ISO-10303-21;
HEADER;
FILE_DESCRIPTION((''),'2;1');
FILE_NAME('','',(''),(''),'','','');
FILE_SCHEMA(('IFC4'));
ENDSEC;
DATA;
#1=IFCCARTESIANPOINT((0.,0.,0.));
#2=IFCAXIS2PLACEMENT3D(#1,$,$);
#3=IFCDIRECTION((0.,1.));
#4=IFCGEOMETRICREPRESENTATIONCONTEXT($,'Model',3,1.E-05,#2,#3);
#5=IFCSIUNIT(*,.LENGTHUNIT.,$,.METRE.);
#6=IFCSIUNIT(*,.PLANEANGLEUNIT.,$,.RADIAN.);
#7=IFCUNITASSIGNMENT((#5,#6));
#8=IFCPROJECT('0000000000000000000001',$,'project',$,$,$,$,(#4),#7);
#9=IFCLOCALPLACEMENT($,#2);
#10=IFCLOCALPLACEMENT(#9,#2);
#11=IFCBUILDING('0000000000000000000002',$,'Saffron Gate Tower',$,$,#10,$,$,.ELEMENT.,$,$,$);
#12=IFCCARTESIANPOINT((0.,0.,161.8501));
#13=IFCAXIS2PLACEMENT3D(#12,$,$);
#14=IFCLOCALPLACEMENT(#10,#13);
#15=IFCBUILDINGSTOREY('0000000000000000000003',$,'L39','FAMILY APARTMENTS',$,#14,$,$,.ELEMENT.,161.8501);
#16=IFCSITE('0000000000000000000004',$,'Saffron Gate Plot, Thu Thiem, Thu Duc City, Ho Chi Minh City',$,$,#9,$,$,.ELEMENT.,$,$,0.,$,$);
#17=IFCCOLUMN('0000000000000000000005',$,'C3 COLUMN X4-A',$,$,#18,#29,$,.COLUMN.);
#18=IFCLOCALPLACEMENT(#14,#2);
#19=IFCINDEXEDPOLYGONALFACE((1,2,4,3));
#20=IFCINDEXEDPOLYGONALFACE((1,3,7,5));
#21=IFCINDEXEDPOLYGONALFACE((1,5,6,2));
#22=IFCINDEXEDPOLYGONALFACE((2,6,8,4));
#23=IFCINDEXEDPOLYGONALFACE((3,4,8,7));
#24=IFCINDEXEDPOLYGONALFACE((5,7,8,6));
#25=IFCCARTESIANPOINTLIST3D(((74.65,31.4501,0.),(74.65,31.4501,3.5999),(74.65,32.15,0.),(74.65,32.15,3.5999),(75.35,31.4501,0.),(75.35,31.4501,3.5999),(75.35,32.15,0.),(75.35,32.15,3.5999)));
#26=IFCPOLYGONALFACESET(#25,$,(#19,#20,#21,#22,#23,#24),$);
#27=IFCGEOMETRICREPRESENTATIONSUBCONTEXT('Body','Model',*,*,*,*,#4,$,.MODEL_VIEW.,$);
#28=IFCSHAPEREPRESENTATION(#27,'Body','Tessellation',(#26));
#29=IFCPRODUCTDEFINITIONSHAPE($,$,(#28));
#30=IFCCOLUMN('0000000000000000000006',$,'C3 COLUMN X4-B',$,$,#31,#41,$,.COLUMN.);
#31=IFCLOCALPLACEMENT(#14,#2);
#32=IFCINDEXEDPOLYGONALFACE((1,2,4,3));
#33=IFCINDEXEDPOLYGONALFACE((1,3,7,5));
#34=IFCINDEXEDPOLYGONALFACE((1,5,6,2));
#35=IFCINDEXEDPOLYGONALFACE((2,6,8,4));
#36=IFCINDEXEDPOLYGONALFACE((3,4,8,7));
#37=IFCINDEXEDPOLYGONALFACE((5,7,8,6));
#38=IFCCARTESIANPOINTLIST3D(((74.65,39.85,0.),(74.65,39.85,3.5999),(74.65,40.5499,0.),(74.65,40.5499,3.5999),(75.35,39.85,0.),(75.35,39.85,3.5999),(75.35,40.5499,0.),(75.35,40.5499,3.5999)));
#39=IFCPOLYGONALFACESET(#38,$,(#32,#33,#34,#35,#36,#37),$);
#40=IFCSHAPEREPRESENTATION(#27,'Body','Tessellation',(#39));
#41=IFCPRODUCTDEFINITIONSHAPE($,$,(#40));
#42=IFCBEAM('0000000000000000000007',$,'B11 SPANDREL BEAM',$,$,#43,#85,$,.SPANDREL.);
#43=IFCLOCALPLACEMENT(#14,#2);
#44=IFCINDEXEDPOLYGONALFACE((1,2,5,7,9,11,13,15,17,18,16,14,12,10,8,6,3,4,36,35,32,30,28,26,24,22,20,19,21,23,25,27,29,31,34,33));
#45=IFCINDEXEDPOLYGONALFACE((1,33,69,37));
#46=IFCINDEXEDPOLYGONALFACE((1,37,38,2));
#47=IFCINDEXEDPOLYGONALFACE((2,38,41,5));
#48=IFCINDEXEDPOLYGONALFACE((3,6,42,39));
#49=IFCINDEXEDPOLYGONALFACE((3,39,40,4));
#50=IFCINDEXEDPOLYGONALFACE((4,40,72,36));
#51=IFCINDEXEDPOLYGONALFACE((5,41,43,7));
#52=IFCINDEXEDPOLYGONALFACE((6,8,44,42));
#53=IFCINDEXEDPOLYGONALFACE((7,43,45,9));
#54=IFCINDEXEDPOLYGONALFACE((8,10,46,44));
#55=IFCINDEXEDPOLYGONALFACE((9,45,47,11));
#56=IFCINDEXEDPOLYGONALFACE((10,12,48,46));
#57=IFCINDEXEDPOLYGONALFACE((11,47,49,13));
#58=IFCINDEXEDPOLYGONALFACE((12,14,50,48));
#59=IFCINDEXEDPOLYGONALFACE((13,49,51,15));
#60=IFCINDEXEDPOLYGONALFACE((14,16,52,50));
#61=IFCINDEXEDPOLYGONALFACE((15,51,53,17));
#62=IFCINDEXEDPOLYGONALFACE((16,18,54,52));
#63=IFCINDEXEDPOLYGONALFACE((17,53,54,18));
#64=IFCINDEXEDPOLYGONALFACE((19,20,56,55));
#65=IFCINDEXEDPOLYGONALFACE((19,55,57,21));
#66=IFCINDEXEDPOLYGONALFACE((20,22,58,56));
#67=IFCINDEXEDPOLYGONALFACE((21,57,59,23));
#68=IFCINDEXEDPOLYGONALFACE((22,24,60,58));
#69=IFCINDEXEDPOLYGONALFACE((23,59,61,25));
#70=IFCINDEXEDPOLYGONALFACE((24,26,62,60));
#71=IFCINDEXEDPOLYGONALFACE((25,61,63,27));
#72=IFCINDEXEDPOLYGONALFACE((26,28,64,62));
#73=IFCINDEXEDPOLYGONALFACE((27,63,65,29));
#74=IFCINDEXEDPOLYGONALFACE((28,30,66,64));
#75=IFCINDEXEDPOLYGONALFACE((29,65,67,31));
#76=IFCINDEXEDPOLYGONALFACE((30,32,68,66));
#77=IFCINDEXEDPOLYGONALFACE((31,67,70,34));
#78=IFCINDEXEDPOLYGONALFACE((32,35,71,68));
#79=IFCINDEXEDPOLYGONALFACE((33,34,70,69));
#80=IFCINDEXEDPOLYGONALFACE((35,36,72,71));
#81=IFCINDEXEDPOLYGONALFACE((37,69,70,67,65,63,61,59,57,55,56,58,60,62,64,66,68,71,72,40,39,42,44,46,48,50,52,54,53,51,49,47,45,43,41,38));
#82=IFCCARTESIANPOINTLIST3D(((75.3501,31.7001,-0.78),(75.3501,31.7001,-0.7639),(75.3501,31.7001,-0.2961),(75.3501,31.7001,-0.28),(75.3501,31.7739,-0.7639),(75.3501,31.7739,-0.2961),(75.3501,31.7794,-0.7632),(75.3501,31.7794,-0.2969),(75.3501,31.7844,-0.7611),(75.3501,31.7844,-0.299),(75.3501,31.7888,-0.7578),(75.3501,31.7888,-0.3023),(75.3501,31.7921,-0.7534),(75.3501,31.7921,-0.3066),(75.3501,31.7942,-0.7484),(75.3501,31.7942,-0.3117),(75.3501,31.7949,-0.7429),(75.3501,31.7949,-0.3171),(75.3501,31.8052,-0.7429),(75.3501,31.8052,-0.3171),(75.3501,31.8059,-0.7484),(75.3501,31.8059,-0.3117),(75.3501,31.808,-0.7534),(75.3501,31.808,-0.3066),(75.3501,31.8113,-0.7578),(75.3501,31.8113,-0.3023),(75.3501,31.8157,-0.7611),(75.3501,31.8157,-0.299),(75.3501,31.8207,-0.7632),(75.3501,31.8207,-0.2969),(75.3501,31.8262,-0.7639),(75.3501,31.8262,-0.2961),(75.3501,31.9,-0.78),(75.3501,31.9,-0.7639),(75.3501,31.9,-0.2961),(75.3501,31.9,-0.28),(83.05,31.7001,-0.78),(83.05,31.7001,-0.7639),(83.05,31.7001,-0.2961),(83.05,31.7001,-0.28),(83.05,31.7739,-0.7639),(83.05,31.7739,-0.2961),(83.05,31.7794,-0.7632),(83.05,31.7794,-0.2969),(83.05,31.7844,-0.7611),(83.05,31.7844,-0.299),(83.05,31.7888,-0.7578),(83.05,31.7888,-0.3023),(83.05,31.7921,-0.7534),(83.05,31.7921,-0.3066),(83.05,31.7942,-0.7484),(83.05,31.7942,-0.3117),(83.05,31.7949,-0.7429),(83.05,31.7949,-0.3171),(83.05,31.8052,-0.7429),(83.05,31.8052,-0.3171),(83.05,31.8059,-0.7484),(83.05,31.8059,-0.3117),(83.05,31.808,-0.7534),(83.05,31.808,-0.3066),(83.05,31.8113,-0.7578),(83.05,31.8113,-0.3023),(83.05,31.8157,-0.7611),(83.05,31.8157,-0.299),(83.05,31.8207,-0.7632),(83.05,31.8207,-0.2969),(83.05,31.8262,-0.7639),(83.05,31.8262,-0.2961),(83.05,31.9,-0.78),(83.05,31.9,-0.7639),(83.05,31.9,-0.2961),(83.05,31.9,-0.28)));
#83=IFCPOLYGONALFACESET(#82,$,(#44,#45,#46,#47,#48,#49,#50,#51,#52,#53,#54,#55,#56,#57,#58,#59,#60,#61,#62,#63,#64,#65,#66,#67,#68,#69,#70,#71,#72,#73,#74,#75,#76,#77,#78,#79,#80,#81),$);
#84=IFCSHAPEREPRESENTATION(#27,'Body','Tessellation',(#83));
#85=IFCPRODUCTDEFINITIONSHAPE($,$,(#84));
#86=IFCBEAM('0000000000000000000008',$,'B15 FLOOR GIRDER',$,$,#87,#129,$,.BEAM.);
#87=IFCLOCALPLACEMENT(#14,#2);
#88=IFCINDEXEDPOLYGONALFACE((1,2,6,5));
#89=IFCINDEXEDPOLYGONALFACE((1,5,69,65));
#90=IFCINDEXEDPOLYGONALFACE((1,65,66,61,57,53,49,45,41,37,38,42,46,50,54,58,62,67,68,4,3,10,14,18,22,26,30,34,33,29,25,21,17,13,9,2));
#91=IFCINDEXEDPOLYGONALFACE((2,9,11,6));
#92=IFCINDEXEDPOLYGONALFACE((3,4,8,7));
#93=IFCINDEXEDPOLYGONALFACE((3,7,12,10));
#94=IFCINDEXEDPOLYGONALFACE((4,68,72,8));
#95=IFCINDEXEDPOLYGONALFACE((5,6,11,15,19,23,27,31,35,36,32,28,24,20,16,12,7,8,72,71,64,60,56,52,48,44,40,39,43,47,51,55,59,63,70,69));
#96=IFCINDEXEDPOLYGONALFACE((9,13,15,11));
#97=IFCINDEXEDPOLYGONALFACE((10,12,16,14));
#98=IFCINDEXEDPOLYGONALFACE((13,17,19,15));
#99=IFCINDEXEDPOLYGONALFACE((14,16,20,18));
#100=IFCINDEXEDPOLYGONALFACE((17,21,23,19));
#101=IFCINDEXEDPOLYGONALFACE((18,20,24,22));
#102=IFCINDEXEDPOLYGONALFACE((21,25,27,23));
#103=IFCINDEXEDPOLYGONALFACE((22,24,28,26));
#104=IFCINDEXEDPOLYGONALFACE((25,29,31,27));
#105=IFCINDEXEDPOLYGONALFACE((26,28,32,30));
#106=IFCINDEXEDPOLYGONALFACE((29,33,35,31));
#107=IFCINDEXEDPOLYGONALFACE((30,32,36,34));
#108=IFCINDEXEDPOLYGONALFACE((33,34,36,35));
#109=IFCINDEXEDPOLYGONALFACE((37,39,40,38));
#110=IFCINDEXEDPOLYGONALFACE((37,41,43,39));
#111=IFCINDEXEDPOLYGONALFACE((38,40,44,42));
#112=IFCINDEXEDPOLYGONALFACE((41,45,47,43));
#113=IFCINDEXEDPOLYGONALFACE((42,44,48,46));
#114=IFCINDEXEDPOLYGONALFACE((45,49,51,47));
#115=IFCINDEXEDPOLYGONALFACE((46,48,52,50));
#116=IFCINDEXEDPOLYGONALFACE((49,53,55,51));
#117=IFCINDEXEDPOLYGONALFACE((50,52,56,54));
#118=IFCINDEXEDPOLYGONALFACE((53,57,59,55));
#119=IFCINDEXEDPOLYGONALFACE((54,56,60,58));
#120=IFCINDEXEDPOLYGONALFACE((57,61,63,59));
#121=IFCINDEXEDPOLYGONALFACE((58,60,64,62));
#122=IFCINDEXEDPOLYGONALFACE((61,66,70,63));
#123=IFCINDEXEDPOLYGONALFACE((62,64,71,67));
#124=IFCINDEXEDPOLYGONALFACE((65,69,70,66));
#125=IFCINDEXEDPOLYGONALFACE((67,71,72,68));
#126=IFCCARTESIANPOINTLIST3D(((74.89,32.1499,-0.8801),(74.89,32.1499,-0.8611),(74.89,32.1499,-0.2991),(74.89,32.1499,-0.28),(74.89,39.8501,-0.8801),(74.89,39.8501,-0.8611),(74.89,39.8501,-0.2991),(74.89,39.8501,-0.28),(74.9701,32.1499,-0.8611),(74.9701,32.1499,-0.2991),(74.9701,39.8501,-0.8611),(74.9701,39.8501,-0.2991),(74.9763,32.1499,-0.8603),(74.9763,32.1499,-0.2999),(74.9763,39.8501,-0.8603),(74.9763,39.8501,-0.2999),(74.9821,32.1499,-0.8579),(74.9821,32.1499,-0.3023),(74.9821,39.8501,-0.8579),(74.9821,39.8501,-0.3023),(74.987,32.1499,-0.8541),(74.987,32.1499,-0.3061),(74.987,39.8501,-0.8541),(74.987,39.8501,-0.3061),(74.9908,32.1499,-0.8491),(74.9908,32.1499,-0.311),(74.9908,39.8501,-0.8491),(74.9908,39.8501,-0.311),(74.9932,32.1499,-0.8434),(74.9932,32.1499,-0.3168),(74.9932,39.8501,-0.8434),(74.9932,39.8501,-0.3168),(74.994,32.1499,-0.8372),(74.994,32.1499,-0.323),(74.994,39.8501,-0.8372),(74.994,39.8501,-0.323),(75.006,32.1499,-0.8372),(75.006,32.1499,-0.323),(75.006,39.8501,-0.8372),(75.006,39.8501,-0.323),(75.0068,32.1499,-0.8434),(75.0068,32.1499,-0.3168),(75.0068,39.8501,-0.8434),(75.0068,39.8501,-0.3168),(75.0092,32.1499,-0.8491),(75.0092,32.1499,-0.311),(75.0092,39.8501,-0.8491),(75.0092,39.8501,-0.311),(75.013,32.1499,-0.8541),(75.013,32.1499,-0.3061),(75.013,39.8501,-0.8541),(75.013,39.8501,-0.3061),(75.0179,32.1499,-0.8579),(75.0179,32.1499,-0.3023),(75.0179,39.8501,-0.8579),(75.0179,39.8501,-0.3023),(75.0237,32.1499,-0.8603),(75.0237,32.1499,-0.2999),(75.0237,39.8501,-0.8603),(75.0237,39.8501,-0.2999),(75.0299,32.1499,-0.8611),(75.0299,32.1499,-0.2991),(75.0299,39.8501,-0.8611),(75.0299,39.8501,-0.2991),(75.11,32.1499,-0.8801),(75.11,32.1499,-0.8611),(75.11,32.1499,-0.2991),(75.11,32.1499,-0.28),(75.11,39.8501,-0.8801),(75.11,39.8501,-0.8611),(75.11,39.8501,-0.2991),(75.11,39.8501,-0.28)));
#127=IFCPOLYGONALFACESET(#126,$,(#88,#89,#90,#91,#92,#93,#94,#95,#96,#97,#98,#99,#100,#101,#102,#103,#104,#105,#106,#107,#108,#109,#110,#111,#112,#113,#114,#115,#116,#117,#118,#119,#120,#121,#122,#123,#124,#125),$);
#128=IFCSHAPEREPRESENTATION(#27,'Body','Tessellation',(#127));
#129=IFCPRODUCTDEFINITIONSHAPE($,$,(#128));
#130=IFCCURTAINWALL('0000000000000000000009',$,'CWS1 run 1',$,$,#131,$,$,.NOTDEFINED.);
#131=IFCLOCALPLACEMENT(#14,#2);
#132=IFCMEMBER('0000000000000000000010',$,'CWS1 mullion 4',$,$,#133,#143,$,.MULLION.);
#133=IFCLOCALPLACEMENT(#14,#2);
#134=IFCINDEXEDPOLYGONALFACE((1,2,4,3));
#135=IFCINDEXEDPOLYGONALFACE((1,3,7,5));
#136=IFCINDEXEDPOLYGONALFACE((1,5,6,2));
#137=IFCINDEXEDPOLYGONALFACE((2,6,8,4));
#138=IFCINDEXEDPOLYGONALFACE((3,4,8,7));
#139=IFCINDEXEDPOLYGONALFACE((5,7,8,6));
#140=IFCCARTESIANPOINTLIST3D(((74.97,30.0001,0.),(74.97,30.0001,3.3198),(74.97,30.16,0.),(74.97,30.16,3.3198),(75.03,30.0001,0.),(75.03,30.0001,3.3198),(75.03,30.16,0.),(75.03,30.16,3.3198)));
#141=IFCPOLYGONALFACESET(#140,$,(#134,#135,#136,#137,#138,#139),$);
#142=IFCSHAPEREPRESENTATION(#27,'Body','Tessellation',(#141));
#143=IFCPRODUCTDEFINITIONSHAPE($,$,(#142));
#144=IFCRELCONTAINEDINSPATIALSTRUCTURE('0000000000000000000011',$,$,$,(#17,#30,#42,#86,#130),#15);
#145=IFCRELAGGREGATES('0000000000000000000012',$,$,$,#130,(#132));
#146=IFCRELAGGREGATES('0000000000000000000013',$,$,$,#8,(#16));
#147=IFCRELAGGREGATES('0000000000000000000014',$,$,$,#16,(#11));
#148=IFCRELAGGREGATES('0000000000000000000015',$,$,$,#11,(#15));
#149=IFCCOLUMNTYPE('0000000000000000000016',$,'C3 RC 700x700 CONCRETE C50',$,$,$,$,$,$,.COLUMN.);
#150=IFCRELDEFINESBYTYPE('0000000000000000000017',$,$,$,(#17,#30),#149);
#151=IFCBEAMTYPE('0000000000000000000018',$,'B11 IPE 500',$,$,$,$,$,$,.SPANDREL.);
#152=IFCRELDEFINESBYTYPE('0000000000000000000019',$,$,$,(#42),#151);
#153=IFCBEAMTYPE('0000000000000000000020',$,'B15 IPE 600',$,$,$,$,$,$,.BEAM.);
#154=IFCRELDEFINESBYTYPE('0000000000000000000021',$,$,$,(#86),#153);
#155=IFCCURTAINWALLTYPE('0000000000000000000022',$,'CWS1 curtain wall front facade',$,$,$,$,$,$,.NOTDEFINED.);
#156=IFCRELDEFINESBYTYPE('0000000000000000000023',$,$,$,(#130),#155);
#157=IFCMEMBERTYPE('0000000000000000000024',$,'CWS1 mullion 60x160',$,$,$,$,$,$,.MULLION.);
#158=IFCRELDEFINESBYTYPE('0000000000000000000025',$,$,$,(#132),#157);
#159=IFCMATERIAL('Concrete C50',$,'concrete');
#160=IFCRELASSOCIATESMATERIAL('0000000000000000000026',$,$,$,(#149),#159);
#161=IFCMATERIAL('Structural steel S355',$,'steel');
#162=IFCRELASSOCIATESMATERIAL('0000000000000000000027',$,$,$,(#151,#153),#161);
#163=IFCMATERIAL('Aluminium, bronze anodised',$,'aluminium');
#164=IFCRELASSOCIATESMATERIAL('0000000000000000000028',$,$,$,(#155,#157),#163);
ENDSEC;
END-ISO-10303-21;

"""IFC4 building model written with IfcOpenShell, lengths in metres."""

from ifc_helpers import new_model, si_unit, direction, frame, origin, origin_2d, place, context, subcontext, project, spatial, rectangle, i_section, extrude, material, material_profile, profile_set, type_object, element, aggregate, save


model = new_model("IFC4")

# Units and contexts
model_context = context("Model", 3, precision=1e-05, world=origin(), true_north=direction((0.0, 1.0)))
body_context = subcontext(model_context, "Body", "Model", "MODEL_VIEW")
ifc_project = project(units=[si_unit("LENGTHUNIT", "METRE"), si_unit("PLANEANGLEUNIT", "RADIAN")], contexts=[model_context])

# Site, building, storey
site_placement = place(None, origin())
site = spatial("IfcSite", under=ifc_project, at=site_placement, Name="Saffron Gate Plot, Thu Thiem, Thu Duc City, Ho Chi Minh City", CompositionType="ELEMENT", RefElevation=0.0)
building_placement = place(site_placement, origin())
building = spatial("IfcBuilding", under=site, at=building_placement, Name="Saffron Gate Tower", CompositionType="ELEMENT")
storey_placement = place(building_placement, frame((0.0, 0.0, 161.8501)))
storey = spatial("IfcBuildingStorey", under=building, at=storey_placement, Name="L39", Description="FAMILY APARTMENTS", CompositionType="ELEMENT", Elevation=161.8501)

# Columns
ifc_material_1 = material(Name="Concrete C50", Category="concrete")
ifc_material_profile_1 = material_profile(ifc_material_1, rectangle(XDim=0.7, YDim=0.7, at=origin_2d()))
ifc_profile_set_1 = profile_set([ifc_material_profile_1], Name="Concrete C50")
column_type = type_object("IfcColumnType", Name="C3 RC 700x700 CONCRETE C50", PredefinedType="COLUMN", material=ifc_profile_set_1)
for number, where, z_axis, x_axis, name in (
    (1, (75.0, 31.8, 0.0), (0.0, 0.0, 1.0), (1.0, 0.0, 0.0), "C3 COLUMN X4-A"),
    (2, (75.0, 40.2, 0.0), (0.0, 0.0, 1.0), (1.0, 0.0, 0.0), "C3 COLUMN X4-B"),
):
    element("IfcColumn", number, at=place(storey_placement, frame(where, z_axis=z_axis, x_axis=x_axis)), inside=storey, type_object=column_type, Name=name, PredefinedType="COLUMN", context=body_context, shape_type="SweptSolid", body=[
        extrude(rectangle(XDim=0.7, YDim=0.7, at=origin_2d()), origin(), (0.0, 0.0, 1.0), 3.5999),
    ])

# Beams
ifc_material_2 = material(Name="Structural steel S355", Category="steel")
ifc_material_profile_2 = material_profile(ifc_material_2, i_section(OverallWidth=0.2, OverallDepth=0.5, WebThickness=0.0103, FlangeThickness=0.0161, FilletRadius=0.021, at=origin_2d()))
ifc_profile_set_2 = profile_set([ifc_material_profile_2], Name="Structural steel S355")
beam_type_1 = type_object("IfcBeamType", Name="B11 IPE 500", PredefinedType="SPANDREL", material=ifc_profile_set_2)
beam_1_placement = place(storey_placement, frame((75.3501, 31.8, -0.53), z_axis=(1.0, 0.0, 0.0), x_axis=(0.0, 1.0, 0.0)))
element("IfcBeam", 3, at=beam_1_placement, inside=storey, type_object=beam_type_1, Name="B11 SPANDREL BEAM", PredefinedType="SPANDREL", context=body_context, shape_type="SweptSolid", body=[
    extrude(i_section(OverallWidth=0.2, OverallDepth=0.5, WebThickness=0.0103, FlangeThickness=0.0161, FilletRadius=0.021, at=origin_2d()), origin(), (0.0, 0.0, 1.0), 7.7),
])
ifc_material_profile_3 = material_profile(ifc_material_2, i_section(OverallWidth=0.22, OverallDepth=0.6001, WebThickness=0.012, FlangeThickness=0.019, FilletRadius=0.0239, at=origin_2d()))
ifc_profile_set_3 = profile_set([ifc_material_profile_3], Name="Structural steel S355")
beam_type_2 = type_object("IfcBeamType", Name="B15 IPE 600", PredefinedType="BEAM", material=ifc_profile_set_3)
beam_2_placement = place(storey_placement, frame((75.0, 32.1499, -0.5801), z_axis=(0.0, 1.0, 0.0), x_axis=(-1.0, 0.0, 0.0)))
element("IfcBeam", 4, at=beam_2_placement, inside=storey, type_object=beam_type_2, Name="B15 FLOOR GIRDER", PredefinedType="BEAM", context=body_context, shape_type="SweptSolid", body=[
    extrude(i_section(OverallWidth=0.22, OverallDepth=0.6001, WebThickness=0.012, FlangeThickness=0.019, FilletRadius=0.0239, at=origin_2d()), origin(), (0.0, 0.0, 1.0), 7.7002),
])

# Curtain wall, member
ifc_material_3 = material(Name="Aluminium, bronze anodised", Category="aluminium")
curtain_wall_type = type_object("IfcCurtainWallType", Name="CWS1 curtain wall front facade", PredefinedType="NOTDEFINED", material=ifc_material_3)
curtain_wall_placement = place(storey_placement, origin())
curtain_wall = element("IfcCurtainWall", 5, at=curtain_wall_placement, inside=storey, type_object=curtain_wall_type, Name="CWS1 run 1", PredefinedType="NOTDEFINED")
ifc_material_profile_4 = material_profile(ifc_material_3, rectangle(XDim=0.1599, YDim=0.0601, at=origin_2d()))
ifc_profile_set_4 = profile_set([ifc_material_profile_4], Name="Aluminium, bronze anodised")
member_type = type_object("IfcMemberType", Name="CWS1 mullion 60x160", PredefinedType="MULLION", material=ifc_profile_set_4)
member_placement = place(storey_placement, frame((75.0, 30.0801, 0.0), z_axis=(0.0, 0.0, 1.0), x_axis=(0.0, 1.0, 0.0)))
member = element("IfcMember", 6, at=member_placement, type_object=member_type, Name="CWS1 mullion 4", PredefinedType="MULLION", context=body_context, shape_type="SweptSolid", body=[
    extrude(rectangle(XDim=0.1599, YDim=0.0601, at=origin_2d()), origin(), (0.0, 0.0, 1.0), 3.3198),
])
aggregate(curtain_wall, [member])

save(model, "model.ifc")
